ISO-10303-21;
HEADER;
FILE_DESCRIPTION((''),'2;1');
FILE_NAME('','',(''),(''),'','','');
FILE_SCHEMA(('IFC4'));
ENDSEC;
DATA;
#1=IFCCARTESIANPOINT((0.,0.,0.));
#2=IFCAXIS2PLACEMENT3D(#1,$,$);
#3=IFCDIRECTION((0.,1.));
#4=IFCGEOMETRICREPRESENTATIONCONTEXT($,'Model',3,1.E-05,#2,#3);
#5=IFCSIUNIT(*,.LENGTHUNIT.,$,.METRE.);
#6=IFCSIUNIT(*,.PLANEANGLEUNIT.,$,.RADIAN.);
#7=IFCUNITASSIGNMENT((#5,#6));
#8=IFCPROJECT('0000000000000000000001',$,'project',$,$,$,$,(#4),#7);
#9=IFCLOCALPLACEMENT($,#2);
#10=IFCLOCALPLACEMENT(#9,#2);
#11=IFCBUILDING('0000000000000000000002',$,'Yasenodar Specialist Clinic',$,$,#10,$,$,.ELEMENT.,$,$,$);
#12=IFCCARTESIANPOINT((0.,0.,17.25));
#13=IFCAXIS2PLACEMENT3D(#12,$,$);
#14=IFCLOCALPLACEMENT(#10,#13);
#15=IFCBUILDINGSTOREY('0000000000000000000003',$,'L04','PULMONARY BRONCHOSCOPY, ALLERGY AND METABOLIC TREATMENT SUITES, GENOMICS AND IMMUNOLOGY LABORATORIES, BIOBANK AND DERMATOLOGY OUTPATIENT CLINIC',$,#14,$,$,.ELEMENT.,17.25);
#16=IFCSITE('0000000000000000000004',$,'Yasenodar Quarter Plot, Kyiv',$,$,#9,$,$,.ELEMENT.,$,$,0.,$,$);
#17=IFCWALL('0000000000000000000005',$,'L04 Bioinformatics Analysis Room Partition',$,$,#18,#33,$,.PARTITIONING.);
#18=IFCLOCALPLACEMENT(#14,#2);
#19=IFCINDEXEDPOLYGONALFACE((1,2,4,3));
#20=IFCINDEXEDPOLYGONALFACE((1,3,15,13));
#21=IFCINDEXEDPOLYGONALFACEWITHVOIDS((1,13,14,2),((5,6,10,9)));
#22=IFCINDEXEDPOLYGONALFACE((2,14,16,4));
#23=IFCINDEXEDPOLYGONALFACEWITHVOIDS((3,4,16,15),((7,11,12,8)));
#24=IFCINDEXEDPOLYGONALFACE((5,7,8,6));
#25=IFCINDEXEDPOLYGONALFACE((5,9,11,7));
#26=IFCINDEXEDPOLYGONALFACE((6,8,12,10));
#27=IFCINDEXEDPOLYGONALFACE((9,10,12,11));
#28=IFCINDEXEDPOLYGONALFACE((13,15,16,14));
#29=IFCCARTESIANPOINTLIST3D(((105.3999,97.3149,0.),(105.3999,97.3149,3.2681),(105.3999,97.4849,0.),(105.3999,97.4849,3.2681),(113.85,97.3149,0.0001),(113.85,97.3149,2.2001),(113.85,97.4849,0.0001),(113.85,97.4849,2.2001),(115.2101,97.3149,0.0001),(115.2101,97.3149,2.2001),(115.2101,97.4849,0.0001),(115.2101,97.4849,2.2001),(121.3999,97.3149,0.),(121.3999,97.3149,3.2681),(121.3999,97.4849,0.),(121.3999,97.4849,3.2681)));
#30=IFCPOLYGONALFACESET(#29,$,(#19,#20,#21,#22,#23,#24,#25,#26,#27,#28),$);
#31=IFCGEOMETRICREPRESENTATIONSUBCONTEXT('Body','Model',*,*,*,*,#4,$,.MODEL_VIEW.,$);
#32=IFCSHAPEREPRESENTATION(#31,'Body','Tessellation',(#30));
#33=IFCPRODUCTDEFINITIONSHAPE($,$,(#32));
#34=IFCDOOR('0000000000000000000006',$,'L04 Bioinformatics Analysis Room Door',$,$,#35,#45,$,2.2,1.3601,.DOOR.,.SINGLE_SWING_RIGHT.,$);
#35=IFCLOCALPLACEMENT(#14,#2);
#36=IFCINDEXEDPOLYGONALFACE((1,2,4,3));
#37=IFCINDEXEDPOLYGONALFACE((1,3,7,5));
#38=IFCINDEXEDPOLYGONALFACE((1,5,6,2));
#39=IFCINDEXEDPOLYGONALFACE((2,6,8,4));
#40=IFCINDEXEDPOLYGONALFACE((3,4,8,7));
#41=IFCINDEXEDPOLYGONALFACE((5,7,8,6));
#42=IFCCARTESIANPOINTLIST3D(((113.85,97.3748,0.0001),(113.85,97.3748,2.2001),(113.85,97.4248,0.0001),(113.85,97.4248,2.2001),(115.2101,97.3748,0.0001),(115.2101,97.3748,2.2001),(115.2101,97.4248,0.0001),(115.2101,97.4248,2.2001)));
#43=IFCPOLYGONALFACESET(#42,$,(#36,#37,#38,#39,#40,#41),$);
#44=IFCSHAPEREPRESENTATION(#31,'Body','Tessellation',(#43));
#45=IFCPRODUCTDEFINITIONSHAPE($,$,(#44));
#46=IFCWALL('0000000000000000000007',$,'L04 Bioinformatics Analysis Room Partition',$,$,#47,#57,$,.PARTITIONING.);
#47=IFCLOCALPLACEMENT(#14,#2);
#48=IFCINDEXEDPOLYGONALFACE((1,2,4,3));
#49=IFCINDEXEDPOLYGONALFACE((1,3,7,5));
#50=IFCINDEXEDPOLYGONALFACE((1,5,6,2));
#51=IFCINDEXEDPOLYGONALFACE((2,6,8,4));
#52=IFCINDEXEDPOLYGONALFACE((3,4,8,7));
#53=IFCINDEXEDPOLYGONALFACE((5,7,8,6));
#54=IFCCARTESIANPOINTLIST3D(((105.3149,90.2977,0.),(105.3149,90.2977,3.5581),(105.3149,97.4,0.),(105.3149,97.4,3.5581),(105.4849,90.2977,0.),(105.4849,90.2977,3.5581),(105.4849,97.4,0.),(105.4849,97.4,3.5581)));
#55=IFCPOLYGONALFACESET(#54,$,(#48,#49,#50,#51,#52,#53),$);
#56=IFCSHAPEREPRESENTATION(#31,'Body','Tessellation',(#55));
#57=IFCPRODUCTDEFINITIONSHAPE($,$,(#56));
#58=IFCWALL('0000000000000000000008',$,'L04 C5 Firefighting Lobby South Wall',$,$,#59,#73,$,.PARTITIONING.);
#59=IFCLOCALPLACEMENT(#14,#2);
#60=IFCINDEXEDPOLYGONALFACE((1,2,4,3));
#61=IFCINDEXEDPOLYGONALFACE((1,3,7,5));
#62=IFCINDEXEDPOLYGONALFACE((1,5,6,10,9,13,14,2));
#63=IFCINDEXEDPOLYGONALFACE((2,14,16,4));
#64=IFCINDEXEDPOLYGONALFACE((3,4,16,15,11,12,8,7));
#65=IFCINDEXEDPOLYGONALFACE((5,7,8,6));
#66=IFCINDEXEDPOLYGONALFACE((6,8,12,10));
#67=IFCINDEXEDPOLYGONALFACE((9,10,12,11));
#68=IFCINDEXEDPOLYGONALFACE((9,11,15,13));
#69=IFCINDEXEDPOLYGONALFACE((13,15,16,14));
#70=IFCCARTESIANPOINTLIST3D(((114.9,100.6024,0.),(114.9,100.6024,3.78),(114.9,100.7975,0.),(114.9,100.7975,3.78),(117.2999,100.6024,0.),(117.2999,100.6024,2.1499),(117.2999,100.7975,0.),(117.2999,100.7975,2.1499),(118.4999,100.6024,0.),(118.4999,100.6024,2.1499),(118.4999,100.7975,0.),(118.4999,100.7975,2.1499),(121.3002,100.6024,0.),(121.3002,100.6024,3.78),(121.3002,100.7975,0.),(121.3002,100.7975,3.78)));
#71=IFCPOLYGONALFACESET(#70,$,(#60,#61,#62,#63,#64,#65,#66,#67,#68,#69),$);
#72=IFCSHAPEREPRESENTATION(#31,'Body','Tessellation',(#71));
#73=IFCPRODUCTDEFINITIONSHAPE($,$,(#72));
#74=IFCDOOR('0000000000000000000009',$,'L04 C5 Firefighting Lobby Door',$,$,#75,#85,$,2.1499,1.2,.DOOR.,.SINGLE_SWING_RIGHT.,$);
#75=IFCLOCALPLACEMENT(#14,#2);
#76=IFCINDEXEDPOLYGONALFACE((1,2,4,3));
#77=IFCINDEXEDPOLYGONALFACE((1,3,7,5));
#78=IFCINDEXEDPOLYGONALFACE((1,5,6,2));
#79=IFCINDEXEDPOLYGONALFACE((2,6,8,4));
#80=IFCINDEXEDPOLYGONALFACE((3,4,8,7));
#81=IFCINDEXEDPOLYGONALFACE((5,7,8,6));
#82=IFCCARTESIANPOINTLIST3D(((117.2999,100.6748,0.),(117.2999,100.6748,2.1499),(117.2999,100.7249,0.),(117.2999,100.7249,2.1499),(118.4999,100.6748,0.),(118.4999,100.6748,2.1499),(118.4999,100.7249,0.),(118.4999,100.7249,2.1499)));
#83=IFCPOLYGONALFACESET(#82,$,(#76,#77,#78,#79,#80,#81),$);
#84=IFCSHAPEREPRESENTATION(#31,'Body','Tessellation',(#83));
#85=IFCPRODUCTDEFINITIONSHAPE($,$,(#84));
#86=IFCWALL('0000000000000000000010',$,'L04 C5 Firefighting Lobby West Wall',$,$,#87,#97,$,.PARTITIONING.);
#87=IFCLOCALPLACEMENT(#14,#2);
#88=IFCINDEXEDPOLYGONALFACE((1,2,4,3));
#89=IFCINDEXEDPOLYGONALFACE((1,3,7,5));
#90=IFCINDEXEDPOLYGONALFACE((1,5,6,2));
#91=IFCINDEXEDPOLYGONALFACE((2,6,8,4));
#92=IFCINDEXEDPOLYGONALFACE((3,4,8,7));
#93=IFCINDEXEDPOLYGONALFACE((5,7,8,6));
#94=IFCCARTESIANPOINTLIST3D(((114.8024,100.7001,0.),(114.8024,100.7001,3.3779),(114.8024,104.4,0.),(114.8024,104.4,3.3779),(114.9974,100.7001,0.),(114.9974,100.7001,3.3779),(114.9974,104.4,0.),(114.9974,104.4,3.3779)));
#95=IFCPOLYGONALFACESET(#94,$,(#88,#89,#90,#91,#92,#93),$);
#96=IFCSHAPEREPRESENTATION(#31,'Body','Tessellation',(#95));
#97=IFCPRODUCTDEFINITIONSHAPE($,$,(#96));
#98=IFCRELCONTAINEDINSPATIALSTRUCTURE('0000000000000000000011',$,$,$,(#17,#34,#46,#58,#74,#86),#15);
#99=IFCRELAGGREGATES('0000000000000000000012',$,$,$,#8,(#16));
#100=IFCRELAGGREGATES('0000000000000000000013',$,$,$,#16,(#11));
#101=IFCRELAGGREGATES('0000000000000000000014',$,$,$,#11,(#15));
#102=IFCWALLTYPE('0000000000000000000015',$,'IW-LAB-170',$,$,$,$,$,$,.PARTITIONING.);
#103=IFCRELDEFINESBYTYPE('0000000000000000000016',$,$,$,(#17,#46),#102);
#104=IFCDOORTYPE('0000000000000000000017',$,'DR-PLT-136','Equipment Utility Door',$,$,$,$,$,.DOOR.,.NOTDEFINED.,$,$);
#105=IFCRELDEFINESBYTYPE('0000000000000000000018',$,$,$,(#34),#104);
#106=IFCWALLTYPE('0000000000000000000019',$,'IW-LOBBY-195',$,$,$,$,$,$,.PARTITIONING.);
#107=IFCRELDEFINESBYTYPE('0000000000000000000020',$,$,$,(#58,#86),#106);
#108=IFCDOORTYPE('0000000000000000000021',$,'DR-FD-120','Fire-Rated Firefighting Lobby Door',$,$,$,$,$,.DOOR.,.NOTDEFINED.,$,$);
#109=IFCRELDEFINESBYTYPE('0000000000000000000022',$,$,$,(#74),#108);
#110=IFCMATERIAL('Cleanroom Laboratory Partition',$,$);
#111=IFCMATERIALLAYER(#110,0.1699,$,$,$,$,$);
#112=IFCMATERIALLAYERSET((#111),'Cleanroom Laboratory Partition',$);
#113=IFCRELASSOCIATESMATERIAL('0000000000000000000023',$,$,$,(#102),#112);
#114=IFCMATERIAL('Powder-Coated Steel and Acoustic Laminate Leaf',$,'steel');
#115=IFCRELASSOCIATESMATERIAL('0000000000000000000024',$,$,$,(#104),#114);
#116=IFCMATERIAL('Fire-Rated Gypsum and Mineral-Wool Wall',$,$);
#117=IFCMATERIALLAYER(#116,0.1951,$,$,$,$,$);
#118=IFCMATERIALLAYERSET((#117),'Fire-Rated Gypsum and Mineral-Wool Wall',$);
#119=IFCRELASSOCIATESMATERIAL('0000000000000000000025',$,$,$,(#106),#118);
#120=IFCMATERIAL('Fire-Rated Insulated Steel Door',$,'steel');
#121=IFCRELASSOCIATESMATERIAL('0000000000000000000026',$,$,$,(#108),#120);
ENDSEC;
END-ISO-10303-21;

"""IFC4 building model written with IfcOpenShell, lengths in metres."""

from ifc_helpers import new_model, si_unit, direction, frame, frame_2d, origin, place, context, subcontext, project, spatial, rectangle, extrude, material, layer, layer_set, type_object, element, fill, save


model = new_model("IFC4")

# Units and contexts
model_context = context("Model", 3, precision=1e-05, world=origin(), true_north=direction((0.0, 1.0)))
body_context = subcontext(model_context, "Body", "Model", "MODEL_VIEW")
ifc_project = project(units=[si_unit("LENGTHUNIT", "METRE"), si_unit("PLANEANGLEUNIT", "RADIAN")], contexts=[model_context])

# Site, building, storey
site_placement = place(None, origin())
site = spatial("IfcSite", under=ifc_project, at=site_placement, Name="Yasenodar Quarter Plot, Kyiv", CompositionType="ELEMENT", RefElevation=0.0)
building_placement = place(site_placement, origin())
building = spatial("IfcBuilding", under=site, at=building_placement, Name="Yasenodar Specialist Clinic", CompositionType="ELEMENT")
storey_placement = place(building_placement, frame((0.0, 0.0, 17.25)))
storey = spatial("IfcBuildingStorey", under=building, at=storey_placement, Name="L04", Description="PULMONARY BRONCHOSCOPY, ALLERGY AND METABOLIC TREATMENT SUITES, GENOMICS AND IMMUNOLOGY LABORATORIES, BIOBANK AND DERMATOLOGY OUTPATIENT CLINIC", CompositionType="ELEMENT", Elevation=17.25)

# Wall, opening, door
ifc_material_1 = material(Name="Cleanroom Laboratory Partition")
ifc_layer_1 = layer(ifc_material_1, 0.1699)
ifc_layer_set_1 = layer_set([ifc_layer_1], Name="Cleanroom Laboratory Partition")
wall_type_1 = type_object("IfcWallType", Name="IW-LAB-170", PredefinedType="PARTITIONING", material=ifc_layer_set_1)
wall_1_placement = place(storey_placement, frame((105.3999, 97.3999, 0.0), z_axis=(0.0, 0.0, 1.0), x_axis=(1.0, 0.0, 0.0)))
wall_1 = element("IfcWall", 1, at=wall_1_placement, inside=storey, type_object=wall_type_1, Name="L04 Bioinformatics Analysis Room Partition", PredefinedType="PARTITIONING", context=body_context, shape_type="SweptSolid", body=[
    extrude(rectangle(XDim=16.0, YDim=0.1699, at=frame_2d((8.0, 0.0))), origin(), (0.0, 0.0, 1.0), 3.2681),
])
opening_1_placement = place(wall_1_placement, frame((8.45, 0.0, 0.0)))
opening_1 = element("IfcOpeningElement", 2, at=opening_1_placement, cuts=wall_1, PredefinedType="OPENING", context=body_context, shape_type="SweptSolid", body=[
    extrude(rectangle(XDim=1.3601, YDim=2.2, at=frame_2d((0.6802, 1.1001))), frame((0.0, 0.095, 0.0), z_axis=(0.0, -1.0, 0.0), x_axis=(1.0, 0.0, 0.0)), (0.0, 0.0, 1.0), 0.1899),
])
ifc_material_2 = material(Name="Powder-Coated Steel and Acoustic Laminate Leaf", Category="steel")
door_type_1 = type_object("IfcDoorType", Name="DR-PLT-136", Description="Equipment Utility Door", OperationType="NOTDEFINED", PredefinedType="DOOR", material=ifc_material_2)
door_1_placement = place(opening_1_placement, origin())
door_1 = element("IfcDoor", 3, at=door_1_placement, inside=storey, type_object=door_type_1, Name="L04 Bioinformatics Analysis Room Door", OperationType="SINGLE_SWING_RIGHT", OverallHeight=2.2, OverallWidth=1.3601, PredefinedType="DOOR", context=body_context, shape_type="SweptSolid", body=[
    extrude(rectangle(XDim=1.3601, YDim=2.2, at=frame_2d((0.6802, 1.1001))), frame((0.0, 0.0249, 0.0), z_axis=(0.0, -1.0, 0.0), x_axis=(1.0, 0.0, 0.0)), (0.0, 0.0, 1.0), 0.05),
])
fill(opening_1, door_1)

# Wall
wall_2_placement = place(storey_placement, frame((105.3999, 90.2976, 0.0), z_axis=(0.0, 0.0, 1.0), x_axis=(0.0, 1.0, 0.0)))
element("IfcWall", 4, at=wall_2_placement, inside=storey, type_object=wall_type_1, Name="L04 Bioinformatics Analysis Room Partition", PredefinedType="PARTITIONING", context=body_context, shape_type="SweptSolid", body=[
    extrude(rectangle(XDim=7.1023, YDim=0.1699, at=frame_2d((3.5513, 0.0))), origin(), (0.0, 0.0, 1.0), 3.5581),
])

# Wall, opening, door
ifc_material_3 = material(Name="Fire-Rated Gypsum and Mineral-Wool Wall")
ifc_layer_2 = layer(ifc_material_3, 0.1951)
ifc_layer_set_2 = layer_set([ifc_layer_2], Name="Fire-Rated Gypsum and Mineral-Wool Wall")
wall_type_2 = type_object("IfcWallType", Name="IW-LOBBY-195", PredefinedType="PARTITIONING", material=ifc_layer_set_2)
wall_3_placement = place(storey_placement, frame((114.8999, 100.7, 0.0), z_axis=(0.0, 0.0, 1.0), x_axis=(1.0, 0.0, 0.0)))
wall_3 = element("IfcWall", 5, at=wall_3_placement, inside=storey, type_object=wall_type_2, Name="L04 C5 Firefighting Lobby South Wall", PredefinedType="PARTITIONING", context=body_context, shape_type="SweptSolid", body=[
    extrude(rectangle(XDim=6.4001, YDim=0.1951, at=frame_2d((3.2002, 0.0))), origin(), (0.0, 0.0, 1.0), 3.78),
])
opening_2_placement = place(wall_3_placement, frame((2.3999, 0.0, 0.0)))
opening_2 = element("IfcOpeningElement", 6, at=opening_2_placement, cuts=wall_3, PredefinedType="OPENING", context=body_context, shape_type="SweptSolid", body=[
    extrude(rectangle(XDim=1.2, YDim=2.1499, at=frame_2d((0.6001, 1.075))), frame((0.0, 0.1074, 0.0), z_axis=(0.0, -1.0, 0.0), x_axis=(1.0, 0.0, 0.0)), (0.0, 0.0, 1.0), 0.2151),
])
ifc_material_4 = material(Name="Fire-Rated Insulated Steel Door", Category="steel")
door_type_2 = type_object("IfcDoorType", Name="DR-FD-120", Description="Fire-Rated Firefighting Lobby Door", OperationType="NOTDEFINED", PredefinedType="DOOR", material=ifc_material_4)
door_2_placement = place(opening_2_placement, origin())
door_2 = element("IfcDoor", 7, at=door_2_placement, inside=storey, type_object=door_type_2, Name="L04 C5 Firefighting Lobby Door", OperationType="SINGLE_SWING_RIGHT", OverallHeight=2.1499, OverallWidth=1.2, PredefinedType="DOOR", context=body_context, shape_type="SweptSolid", body=[
    extrude(rectangle(XDim=1.2, YDim=2.1499, at=frame_2d((0.6001, 1.075))), frame((0.0, 0.0249, 0.0), z_axis=(0.0, -1.0, 0.0), x_axis=(1.0, 0.0, 0.0)), (0.0, 0.0, 1.0), 0.05),
])
fill(opening_2, door_2)

# Wall
wall_4_placement = place(storey_placement, frame((114.8999, 100.7, 0.0), z_axis=(0.0, 0.0, 1.0), x_axis=(0.0, 1.0, 0.0)))
element("IfcWall", 8, at=wall_4_placement, inside=storey, type_object=wall_type_2, Name="L04 C5 Firefighting Lobby West Wall", PredefinedType="PARTITIONING", context=body_context, shape_type="SweptSolid", body=[
    extrude(rectangle(XDim=3.7, YDim=0.1951, at=frame_2d((1.8501, 0.0))), origin(), (0.0, 0.0, 1.0), 3.3779),
])

save(model, "model.ifc")
